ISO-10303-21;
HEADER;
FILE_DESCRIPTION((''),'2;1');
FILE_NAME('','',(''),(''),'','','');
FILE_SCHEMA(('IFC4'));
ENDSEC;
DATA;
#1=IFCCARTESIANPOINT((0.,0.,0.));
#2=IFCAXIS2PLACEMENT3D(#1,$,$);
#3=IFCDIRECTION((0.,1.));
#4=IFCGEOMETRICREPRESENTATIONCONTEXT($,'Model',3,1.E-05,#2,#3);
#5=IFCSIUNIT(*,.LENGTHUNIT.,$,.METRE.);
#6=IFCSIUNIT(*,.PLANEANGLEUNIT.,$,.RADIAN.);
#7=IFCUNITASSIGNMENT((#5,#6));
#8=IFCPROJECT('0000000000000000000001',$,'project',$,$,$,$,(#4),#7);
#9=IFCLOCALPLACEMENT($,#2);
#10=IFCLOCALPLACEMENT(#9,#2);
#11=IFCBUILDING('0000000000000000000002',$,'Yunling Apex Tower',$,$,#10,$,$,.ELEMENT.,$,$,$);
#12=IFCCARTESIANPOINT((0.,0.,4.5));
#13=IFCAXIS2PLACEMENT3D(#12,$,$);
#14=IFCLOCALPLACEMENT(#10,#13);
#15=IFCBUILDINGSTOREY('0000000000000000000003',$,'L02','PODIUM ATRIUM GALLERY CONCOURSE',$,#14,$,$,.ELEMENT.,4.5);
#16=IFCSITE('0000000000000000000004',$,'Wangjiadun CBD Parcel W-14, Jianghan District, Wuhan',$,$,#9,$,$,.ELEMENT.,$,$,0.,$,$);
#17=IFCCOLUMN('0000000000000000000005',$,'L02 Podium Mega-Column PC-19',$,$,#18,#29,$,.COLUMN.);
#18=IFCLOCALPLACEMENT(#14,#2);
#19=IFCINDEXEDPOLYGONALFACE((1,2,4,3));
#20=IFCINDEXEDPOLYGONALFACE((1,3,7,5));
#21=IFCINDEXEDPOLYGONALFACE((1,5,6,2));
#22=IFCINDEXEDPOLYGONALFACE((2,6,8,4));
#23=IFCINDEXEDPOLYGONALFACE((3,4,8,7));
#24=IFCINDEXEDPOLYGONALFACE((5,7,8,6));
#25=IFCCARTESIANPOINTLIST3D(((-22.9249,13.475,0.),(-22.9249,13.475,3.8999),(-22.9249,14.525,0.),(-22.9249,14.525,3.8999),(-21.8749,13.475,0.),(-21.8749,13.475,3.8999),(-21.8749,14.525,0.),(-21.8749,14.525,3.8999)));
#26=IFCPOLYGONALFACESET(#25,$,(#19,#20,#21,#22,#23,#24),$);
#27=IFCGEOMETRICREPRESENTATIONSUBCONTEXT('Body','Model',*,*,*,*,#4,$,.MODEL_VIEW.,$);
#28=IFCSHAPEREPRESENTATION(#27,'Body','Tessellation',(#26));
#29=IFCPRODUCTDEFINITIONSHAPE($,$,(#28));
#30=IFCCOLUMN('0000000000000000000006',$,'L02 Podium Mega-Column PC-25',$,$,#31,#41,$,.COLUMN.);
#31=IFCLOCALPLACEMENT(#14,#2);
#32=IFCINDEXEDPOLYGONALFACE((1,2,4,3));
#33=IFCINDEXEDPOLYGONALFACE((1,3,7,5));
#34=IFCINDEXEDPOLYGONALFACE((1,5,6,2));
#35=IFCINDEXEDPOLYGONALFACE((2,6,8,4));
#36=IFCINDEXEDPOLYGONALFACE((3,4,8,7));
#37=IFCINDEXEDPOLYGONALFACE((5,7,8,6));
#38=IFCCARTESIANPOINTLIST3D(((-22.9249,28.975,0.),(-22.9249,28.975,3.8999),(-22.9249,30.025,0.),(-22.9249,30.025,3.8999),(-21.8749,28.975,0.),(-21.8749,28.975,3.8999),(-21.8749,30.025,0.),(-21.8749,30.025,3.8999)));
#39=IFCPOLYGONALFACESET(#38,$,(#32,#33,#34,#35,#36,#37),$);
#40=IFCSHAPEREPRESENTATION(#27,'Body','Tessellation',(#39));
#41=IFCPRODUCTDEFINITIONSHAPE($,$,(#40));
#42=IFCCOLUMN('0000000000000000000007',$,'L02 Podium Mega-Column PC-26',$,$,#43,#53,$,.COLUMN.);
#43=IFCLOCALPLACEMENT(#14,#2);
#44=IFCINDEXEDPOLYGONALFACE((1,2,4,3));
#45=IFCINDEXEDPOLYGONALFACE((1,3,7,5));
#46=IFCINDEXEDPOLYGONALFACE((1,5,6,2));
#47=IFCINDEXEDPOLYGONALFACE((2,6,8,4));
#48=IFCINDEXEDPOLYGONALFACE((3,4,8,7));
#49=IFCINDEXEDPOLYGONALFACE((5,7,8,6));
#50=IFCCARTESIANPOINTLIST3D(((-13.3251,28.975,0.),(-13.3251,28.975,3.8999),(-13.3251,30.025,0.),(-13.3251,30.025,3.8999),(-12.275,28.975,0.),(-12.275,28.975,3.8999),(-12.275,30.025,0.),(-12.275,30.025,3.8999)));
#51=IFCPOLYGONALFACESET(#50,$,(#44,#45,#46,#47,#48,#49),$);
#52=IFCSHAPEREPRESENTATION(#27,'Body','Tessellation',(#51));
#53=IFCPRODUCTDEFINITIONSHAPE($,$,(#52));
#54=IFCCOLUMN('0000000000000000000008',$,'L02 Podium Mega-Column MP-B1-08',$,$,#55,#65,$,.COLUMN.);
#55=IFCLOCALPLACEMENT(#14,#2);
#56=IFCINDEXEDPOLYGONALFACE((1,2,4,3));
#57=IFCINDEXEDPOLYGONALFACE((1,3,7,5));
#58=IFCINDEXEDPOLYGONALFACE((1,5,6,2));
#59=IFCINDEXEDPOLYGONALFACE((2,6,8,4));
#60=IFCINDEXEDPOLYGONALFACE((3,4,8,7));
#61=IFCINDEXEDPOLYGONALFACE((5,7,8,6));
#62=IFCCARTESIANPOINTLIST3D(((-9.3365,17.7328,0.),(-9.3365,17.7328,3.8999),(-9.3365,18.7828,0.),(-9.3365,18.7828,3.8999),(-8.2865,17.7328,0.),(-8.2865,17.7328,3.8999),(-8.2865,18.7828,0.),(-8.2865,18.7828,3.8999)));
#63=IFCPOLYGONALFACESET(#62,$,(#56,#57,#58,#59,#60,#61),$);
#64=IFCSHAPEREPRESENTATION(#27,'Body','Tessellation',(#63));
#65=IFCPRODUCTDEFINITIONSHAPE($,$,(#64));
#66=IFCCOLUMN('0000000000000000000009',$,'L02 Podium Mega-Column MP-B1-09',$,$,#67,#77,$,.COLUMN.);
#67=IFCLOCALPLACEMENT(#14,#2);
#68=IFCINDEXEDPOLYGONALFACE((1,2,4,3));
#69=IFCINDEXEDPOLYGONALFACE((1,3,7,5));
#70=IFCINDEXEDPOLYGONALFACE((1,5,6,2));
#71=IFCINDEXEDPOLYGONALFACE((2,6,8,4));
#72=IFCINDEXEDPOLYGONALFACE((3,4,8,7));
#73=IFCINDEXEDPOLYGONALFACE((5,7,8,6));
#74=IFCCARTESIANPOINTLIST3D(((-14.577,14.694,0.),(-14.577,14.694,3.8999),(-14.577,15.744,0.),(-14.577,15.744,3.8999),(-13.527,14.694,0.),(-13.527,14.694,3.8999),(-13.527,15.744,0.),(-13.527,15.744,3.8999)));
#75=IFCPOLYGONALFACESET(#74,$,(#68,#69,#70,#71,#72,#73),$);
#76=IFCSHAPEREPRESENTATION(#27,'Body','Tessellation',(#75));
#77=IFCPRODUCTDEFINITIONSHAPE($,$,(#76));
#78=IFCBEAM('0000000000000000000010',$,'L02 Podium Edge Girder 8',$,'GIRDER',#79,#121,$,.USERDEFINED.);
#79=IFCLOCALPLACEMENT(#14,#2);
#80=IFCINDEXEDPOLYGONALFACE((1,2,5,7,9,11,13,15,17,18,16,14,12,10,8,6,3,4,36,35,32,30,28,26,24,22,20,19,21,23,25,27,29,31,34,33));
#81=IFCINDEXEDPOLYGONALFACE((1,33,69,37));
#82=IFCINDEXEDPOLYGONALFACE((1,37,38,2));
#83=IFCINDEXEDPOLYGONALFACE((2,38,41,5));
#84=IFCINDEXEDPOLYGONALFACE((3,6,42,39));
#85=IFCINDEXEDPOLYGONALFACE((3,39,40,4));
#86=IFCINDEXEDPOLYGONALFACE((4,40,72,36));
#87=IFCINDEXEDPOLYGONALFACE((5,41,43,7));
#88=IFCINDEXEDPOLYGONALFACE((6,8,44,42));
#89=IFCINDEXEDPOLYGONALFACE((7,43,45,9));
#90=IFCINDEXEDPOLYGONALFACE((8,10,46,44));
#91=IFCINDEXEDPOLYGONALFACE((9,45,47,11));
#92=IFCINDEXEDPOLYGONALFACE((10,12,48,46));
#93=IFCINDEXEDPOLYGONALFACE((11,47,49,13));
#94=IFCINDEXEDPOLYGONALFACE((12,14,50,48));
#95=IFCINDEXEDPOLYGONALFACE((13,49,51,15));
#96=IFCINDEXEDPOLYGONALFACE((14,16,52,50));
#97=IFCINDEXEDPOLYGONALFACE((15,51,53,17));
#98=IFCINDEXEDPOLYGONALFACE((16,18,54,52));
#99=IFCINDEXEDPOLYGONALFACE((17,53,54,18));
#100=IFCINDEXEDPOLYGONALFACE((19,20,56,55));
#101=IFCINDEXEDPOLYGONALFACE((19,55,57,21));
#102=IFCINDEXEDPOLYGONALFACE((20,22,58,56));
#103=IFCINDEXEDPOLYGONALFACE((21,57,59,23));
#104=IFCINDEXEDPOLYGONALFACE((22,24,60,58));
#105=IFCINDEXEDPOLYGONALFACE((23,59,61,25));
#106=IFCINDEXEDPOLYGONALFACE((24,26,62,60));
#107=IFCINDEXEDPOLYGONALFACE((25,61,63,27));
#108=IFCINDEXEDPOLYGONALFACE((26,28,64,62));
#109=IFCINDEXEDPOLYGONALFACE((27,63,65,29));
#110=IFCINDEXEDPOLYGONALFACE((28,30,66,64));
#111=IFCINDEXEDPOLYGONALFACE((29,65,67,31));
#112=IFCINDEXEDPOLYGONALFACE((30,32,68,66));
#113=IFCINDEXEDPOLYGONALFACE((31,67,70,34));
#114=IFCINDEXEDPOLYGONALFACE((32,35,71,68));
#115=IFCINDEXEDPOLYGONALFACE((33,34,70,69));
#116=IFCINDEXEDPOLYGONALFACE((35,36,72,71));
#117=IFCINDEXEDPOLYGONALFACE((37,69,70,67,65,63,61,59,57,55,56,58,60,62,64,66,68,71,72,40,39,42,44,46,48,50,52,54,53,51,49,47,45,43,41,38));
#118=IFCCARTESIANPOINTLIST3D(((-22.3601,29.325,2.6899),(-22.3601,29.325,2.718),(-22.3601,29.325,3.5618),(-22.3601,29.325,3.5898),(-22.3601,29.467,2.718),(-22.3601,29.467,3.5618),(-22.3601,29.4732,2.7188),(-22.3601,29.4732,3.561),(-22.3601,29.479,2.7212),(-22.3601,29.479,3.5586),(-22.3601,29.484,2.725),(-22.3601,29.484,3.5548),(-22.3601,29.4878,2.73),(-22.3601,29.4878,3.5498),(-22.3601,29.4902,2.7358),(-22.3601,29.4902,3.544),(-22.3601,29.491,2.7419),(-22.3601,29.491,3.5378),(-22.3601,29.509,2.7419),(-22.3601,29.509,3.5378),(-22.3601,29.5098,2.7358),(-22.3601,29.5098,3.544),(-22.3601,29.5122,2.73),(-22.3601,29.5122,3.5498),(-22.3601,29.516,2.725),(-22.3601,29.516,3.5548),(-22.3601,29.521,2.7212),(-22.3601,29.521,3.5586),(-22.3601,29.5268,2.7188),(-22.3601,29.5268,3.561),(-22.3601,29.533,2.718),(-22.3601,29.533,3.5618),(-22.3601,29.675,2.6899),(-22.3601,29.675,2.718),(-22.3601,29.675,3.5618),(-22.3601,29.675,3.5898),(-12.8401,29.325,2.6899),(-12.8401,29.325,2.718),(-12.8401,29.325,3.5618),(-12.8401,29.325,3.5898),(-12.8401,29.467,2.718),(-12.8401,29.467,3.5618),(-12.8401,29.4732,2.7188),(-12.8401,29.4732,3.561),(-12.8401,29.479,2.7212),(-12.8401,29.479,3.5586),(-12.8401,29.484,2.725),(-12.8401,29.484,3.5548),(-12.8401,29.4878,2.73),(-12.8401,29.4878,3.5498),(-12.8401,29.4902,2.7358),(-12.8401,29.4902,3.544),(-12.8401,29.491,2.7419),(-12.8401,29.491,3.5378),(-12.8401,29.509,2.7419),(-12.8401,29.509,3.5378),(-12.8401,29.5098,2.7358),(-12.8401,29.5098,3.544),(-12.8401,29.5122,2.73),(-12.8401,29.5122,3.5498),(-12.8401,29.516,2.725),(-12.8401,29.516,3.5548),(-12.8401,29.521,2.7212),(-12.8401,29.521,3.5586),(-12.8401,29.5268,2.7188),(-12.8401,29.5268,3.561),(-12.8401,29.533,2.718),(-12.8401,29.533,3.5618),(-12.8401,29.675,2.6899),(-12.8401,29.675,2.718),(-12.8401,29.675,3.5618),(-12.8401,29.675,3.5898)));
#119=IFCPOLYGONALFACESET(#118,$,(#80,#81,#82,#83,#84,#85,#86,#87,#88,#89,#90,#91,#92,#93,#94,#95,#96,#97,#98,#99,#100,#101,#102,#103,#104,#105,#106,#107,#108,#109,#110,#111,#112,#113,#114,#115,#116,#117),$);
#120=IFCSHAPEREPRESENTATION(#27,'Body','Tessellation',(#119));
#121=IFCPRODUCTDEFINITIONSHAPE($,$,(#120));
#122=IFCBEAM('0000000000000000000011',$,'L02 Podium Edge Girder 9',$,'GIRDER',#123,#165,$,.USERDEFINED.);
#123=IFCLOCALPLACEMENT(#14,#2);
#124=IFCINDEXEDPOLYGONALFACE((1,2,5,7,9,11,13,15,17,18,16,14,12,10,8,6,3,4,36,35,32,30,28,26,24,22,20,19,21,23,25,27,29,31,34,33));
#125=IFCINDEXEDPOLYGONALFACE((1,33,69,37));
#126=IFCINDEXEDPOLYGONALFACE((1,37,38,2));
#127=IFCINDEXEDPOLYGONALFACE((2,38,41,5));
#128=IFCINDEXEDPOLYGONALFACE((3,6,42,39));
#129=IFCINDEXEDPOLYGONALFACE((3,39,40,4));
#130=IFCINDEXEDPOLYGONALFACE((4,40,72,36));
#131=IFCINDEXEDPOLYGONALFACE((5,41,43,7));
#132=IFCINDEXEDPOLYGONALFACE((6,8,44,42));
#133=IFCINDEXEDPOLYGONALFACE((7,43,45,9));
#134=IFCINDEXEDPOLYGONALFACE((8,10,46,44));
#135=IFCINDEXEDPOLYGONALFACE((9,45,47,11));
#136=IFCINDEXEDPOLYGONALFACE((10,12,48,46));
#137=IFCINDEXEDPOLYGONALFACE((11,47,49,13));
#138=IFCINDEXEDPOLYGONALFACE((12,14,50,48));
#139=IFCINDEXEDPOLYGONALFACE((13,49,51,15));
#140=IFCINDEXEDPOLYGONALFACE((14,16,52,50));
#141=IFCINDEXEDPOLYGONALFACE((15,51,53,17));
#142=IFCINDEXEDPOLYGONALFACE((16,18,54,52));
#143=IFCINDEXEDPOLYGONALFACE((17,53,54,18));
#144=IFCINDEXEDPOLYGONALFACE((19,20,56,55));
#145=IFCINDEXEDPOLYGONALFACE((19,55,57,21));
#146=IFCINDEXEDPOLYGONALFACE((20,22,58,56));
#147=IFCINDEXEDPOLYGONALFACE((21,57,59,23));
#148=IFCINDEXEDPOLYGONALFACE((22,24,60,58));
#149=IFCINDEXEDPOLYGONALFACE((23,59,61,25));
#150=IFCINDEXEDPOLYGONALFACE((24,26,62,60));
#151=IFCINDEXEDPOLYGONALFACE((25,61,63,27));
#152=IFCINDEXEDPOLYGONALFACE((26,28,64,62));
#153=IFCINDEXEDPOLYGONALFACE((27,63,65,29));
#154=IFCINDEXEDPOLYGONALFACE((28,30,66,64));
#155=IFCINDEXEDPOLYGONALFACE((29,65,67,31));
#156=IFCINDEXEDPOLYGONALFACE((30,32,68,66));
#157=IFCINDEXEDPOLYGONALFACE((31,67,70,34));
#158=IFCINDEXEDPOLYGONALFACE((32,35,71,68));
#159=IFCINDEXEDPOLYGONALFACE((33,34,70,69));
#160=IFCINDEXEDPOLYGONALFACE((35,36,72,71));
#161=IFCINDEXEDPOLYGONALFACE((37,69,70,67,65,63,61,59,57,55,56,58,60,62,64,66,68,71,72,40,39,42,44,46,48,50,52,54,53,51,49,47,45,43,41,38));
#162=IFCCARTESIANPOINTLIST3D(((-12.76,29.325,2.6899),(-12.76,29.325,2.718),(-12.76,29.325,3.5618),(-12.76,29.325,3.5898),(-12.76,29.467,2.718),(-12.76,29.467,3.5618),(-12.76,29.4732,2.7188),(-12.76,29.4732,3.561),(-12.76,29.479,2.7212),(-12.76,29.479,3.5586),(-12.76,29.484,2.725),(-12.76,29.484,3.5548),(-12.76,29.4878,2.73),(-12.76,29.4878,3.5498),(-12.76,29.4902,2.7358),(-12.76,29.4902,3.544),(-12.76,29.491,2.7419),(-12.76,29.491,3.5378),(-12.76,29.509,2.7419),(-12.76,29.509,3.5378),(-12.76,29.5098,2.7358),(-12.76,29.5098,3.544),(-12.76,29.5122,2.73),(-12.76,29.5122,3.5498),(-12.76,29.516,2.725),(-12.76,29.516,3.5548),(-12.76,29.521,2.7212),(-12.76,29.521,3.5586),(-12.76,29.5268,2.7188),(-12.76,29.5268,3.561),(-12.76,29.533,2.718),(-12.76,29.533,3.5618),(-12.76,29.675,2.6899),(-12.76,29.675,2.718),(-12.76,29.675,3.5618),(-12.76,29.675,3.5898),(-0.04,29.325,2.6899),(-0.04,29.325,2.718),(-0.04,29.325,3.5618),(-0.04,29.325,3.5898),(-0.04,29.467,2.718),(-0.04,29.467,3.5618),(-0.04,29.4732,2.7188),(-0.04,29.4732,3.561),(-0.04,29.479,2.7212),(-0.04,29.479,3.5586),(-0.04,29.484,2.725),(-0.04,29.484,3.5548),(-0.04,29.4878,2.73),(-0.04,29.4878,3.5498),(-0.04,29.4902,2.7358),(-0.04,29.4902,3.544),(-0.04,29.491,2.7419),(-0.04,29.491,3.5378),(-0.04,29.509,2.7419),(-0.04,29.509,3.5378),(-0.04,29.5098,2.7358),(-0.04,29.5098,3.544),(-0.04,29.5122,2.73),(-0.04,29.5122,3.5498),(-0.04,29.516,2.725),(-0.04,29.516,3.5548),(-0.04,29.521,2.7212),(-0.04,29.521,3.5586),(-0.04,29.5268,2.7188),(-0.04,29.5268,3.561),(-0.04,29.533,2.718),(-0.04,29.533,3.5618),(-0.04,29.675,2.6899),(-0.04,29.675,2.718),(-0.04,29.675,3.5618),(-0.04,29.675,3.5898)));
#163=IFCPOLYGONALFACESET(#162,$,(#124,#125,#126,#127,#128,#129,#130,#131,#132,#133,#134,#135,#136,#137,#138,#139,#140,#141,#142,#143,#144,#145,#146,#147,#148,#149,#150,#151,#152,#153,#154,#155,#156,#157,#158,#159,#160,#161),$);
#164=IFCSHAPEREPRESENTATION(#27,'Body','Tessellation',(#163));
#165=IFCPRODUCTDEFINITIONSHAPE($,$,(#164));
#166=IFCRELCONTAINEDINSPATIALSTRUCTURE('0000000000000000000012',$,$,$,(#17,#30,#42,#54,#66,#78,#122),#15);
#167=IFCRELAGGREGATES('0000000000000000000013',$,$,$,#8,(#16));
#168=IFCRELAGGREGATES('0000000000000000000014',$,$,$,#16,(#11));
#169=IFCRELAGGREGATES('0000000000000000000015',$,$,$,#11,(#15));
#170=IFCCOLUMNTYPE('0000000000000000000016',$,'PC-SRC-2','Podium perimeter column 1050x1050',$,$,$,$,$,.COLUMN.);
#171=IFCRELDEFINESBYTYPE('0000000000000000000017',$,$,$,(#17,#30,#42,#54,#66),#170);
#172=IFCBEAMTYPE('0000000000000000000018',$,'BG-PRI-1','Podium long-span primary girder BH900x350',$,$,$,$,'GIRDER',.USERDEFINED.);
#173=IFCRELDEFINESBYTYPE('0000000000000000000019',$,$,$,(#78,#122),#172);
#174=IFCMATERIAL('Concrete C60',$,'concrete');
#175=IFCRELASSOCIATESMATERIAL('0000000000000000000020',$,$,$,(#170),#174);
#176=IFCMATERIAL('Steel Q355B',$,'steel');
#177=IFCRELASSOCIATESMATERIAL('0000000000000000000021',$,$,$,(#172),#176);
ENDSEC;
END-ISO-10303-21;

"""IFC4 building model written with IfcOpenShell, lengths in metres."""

from ifc_helpers import new_model, si_unit, direction, frame, origin, origin_2d, place, context, subcontext, project, spatial, rectangle, i_section, extrude, source, transform, mapped, material, material_profile, profile_set, type_object, element, save


model = new_model("IFC4")

# Units and contexts
model_context = context("Model", 3, precision=1e-05, world=origin(), true_north=direction((0.0, 1.0)))
body_context = subcontext(model_context, "Body", "Model", "MODEL_VIEW")
ifc_project = project(units=[si_unit("LENGTHUNIT", "METRE"), si_unit("PLANEANGLEUNIT", "RADIAN")], contexts=[model_context])

# Site, building, storey
site_placement = place(None, origin())
site = spatial("IfcSite", under=ifc_project, at=site_placement, Name="Wangjiadun CBD Parcel W-14, Jianghan District, Wuhan", CompositionType="ELEMENT", RefElevation=0.0)
building_placement = place(site_placement, origin())
building = spatial("IfcBuilding", under=site, at=building_placement, Name="Yunling Apex Tower", CompositionType="ELEMENT")
storey_placement = place(building_placement, frame((0.0, 0.0, 4.5)))
storey = spatial("IfcBuildingStorey", under=building, at=storey_placement, Name="L02", Description="PODIUM ATRIUM GALLERY CONCOURSE", CompositionType="ELEMENT", Elevation=4.5)

# Columns
ifc_material_1 = material(Name="Concrete C60", Category="concrete")
ifc_material_profile_1 = material_profile(ifc_material_1, rectangle(XDim=1.05, YDim=1.05, at=origin_2d()))
ifc_profile_set_1 = profile_set([ifc_material_profile_1], Name="Concrete C60")
column_type = type_object("IfcColumnType", Name="PC-SRC-2", Description="Podium perimeter column 1050x1050", PredefinedType="COLUMN", material=ifc_profile_set_1)
shared_shape_1 = source(origin(), body_context, "Body", "SweptSolid", [
    extrude(rectangle(XDim=1.05, YDim=1.05, at=origin_2d()), origin(), (0.0, 0.0, 1.0), 3.8999),
])
for number, where, z_axis, x_axis, name in (
    (1, (-22.3999, 14.0, 0.0), (0.0, 0.0, 1.0), (1.0, 0.0, 0.0), "L02 Podium Mega-Column PC-19"),
    (2, (-22.3999, 29.5, 0.0), (0.0, 0.0, 1.0), (1.0, 0.0, 0.0), "L02 Podium Mega-Column PC-25"),
    (3, (-12.8, 29.5, 0.0), (0.0, 0.0, 1.0), (1.0, 0.0, 0.0), "L02 Podium Mega-Column PC-26"),
    (4, (-8.8115, 18.2578, 0.0), (0.0, 0.0, 1.0), (1.0, 0.0, 0.0), "L02 Podium Mega-Column MP-B1-08"),
    (5, (-14.052, 15.219, 0.0), (0.0, 0.0, 1.0), (1.0, 0.0, 0.0), "L02 Podium Mega-Column MP-B1-09"),
):
    element("IfcColumn", number, at=place(storey_placement, frame(where, z_axis=z_axis, x_axis=x_axis)), inside=storey, type_object=column_type, Name=name, PredefinedType="COLUMN", context=body_context, shape_type="MappedRepresentation", body=[
        mapped(shared_shape_1, transform((0.0, 0.0, 0.0), scale=1.0)),
    ])

# Beams
ifc_material_2 = material(Name="Steel Q355B", Category="steel")
ifc_material_profile_2 = material_profile(ifc_material_2, i_section(OverallWidth=0.3501, OverallDepth=0.8999, WebThickness=0.0181, FlangeThickness=0.0281, FilletRadius=0.0239, at=origin_2d()))
ifc_profile_set_2 = profile_set([ifc_material_profile_2], Name="Steel Q355B")
beam_type_1 = type_object("IfcBeamType", Name="BG-PRI-1", Description="Podium long-span primary girder BH900x350", ElementType="GIRDER", PredefinedType="USERDEFINED", material=ifc_profile_set_2)
shared_shape_2 = source(origin(), body_context, "Body", "SweptSolid", [
    extrude(i_section(OverallWidth=0.3501, OverallDepth=0.8999, WebThickness=0.0181, FlangeThickness=0.0281, FilletRadius=0.0239, at=origin_2d()), origin(), (0.0, 0.0, 1.0), 9.52),
])
beam_1_placement = place(storey_placement, frame((-22.3601, 29.5, 3.1399), z_axis=(1.0, 0.0, 0.0), x_axis=(0.0, 1.0, 0.0)))
element("IfcBeam", 6, at=beam_1_placement, inside=storey, type_object=beam_type_1, Name="L02 Podium Edge Girder 8", ObjectType="GIRDER", PredefinedType="USERDEFINED", context=body_context, shape_type="MappedRepresentation", body=[
    mapped(shared_shape_2, transform((0.0, 0.0, 0.0), scale=1.0)),
])
shared_shape_3 = source(origin(), body_context, "Body", "SweptSolid", [
    extrude(i_section(OverallWidth=0.3501, OverallDepth=0.8999, WebThickness=0.0181, FlangeThickness=0.0281, FilletRadius=0.0239, at=origin_2d()), origin(), (0.0, 0.0, 1.0), 12.72),
])
beam_2_placement = place(storey_placement, frame((-12.76, 29.5, 3.1399), z_axis=(1.0, 0.0, 0.0), x_axis=(0.0, 1.0, 0.0)))
element("IfcBeam", 7, at=beam_2_placement, inside=storey, type_object=beam_type_1, Name="L02 Podium Edge Girder 9", ObjectType="GIRDER", PredefinedType="USERDEFINED", context=body_context, shape_type="MappedRepresentation", body=[
    mapped(shared_shape_3, transform((0.0, 0.0, 0.0), scale=1.0)),
])

save(model, "model.ifc")
